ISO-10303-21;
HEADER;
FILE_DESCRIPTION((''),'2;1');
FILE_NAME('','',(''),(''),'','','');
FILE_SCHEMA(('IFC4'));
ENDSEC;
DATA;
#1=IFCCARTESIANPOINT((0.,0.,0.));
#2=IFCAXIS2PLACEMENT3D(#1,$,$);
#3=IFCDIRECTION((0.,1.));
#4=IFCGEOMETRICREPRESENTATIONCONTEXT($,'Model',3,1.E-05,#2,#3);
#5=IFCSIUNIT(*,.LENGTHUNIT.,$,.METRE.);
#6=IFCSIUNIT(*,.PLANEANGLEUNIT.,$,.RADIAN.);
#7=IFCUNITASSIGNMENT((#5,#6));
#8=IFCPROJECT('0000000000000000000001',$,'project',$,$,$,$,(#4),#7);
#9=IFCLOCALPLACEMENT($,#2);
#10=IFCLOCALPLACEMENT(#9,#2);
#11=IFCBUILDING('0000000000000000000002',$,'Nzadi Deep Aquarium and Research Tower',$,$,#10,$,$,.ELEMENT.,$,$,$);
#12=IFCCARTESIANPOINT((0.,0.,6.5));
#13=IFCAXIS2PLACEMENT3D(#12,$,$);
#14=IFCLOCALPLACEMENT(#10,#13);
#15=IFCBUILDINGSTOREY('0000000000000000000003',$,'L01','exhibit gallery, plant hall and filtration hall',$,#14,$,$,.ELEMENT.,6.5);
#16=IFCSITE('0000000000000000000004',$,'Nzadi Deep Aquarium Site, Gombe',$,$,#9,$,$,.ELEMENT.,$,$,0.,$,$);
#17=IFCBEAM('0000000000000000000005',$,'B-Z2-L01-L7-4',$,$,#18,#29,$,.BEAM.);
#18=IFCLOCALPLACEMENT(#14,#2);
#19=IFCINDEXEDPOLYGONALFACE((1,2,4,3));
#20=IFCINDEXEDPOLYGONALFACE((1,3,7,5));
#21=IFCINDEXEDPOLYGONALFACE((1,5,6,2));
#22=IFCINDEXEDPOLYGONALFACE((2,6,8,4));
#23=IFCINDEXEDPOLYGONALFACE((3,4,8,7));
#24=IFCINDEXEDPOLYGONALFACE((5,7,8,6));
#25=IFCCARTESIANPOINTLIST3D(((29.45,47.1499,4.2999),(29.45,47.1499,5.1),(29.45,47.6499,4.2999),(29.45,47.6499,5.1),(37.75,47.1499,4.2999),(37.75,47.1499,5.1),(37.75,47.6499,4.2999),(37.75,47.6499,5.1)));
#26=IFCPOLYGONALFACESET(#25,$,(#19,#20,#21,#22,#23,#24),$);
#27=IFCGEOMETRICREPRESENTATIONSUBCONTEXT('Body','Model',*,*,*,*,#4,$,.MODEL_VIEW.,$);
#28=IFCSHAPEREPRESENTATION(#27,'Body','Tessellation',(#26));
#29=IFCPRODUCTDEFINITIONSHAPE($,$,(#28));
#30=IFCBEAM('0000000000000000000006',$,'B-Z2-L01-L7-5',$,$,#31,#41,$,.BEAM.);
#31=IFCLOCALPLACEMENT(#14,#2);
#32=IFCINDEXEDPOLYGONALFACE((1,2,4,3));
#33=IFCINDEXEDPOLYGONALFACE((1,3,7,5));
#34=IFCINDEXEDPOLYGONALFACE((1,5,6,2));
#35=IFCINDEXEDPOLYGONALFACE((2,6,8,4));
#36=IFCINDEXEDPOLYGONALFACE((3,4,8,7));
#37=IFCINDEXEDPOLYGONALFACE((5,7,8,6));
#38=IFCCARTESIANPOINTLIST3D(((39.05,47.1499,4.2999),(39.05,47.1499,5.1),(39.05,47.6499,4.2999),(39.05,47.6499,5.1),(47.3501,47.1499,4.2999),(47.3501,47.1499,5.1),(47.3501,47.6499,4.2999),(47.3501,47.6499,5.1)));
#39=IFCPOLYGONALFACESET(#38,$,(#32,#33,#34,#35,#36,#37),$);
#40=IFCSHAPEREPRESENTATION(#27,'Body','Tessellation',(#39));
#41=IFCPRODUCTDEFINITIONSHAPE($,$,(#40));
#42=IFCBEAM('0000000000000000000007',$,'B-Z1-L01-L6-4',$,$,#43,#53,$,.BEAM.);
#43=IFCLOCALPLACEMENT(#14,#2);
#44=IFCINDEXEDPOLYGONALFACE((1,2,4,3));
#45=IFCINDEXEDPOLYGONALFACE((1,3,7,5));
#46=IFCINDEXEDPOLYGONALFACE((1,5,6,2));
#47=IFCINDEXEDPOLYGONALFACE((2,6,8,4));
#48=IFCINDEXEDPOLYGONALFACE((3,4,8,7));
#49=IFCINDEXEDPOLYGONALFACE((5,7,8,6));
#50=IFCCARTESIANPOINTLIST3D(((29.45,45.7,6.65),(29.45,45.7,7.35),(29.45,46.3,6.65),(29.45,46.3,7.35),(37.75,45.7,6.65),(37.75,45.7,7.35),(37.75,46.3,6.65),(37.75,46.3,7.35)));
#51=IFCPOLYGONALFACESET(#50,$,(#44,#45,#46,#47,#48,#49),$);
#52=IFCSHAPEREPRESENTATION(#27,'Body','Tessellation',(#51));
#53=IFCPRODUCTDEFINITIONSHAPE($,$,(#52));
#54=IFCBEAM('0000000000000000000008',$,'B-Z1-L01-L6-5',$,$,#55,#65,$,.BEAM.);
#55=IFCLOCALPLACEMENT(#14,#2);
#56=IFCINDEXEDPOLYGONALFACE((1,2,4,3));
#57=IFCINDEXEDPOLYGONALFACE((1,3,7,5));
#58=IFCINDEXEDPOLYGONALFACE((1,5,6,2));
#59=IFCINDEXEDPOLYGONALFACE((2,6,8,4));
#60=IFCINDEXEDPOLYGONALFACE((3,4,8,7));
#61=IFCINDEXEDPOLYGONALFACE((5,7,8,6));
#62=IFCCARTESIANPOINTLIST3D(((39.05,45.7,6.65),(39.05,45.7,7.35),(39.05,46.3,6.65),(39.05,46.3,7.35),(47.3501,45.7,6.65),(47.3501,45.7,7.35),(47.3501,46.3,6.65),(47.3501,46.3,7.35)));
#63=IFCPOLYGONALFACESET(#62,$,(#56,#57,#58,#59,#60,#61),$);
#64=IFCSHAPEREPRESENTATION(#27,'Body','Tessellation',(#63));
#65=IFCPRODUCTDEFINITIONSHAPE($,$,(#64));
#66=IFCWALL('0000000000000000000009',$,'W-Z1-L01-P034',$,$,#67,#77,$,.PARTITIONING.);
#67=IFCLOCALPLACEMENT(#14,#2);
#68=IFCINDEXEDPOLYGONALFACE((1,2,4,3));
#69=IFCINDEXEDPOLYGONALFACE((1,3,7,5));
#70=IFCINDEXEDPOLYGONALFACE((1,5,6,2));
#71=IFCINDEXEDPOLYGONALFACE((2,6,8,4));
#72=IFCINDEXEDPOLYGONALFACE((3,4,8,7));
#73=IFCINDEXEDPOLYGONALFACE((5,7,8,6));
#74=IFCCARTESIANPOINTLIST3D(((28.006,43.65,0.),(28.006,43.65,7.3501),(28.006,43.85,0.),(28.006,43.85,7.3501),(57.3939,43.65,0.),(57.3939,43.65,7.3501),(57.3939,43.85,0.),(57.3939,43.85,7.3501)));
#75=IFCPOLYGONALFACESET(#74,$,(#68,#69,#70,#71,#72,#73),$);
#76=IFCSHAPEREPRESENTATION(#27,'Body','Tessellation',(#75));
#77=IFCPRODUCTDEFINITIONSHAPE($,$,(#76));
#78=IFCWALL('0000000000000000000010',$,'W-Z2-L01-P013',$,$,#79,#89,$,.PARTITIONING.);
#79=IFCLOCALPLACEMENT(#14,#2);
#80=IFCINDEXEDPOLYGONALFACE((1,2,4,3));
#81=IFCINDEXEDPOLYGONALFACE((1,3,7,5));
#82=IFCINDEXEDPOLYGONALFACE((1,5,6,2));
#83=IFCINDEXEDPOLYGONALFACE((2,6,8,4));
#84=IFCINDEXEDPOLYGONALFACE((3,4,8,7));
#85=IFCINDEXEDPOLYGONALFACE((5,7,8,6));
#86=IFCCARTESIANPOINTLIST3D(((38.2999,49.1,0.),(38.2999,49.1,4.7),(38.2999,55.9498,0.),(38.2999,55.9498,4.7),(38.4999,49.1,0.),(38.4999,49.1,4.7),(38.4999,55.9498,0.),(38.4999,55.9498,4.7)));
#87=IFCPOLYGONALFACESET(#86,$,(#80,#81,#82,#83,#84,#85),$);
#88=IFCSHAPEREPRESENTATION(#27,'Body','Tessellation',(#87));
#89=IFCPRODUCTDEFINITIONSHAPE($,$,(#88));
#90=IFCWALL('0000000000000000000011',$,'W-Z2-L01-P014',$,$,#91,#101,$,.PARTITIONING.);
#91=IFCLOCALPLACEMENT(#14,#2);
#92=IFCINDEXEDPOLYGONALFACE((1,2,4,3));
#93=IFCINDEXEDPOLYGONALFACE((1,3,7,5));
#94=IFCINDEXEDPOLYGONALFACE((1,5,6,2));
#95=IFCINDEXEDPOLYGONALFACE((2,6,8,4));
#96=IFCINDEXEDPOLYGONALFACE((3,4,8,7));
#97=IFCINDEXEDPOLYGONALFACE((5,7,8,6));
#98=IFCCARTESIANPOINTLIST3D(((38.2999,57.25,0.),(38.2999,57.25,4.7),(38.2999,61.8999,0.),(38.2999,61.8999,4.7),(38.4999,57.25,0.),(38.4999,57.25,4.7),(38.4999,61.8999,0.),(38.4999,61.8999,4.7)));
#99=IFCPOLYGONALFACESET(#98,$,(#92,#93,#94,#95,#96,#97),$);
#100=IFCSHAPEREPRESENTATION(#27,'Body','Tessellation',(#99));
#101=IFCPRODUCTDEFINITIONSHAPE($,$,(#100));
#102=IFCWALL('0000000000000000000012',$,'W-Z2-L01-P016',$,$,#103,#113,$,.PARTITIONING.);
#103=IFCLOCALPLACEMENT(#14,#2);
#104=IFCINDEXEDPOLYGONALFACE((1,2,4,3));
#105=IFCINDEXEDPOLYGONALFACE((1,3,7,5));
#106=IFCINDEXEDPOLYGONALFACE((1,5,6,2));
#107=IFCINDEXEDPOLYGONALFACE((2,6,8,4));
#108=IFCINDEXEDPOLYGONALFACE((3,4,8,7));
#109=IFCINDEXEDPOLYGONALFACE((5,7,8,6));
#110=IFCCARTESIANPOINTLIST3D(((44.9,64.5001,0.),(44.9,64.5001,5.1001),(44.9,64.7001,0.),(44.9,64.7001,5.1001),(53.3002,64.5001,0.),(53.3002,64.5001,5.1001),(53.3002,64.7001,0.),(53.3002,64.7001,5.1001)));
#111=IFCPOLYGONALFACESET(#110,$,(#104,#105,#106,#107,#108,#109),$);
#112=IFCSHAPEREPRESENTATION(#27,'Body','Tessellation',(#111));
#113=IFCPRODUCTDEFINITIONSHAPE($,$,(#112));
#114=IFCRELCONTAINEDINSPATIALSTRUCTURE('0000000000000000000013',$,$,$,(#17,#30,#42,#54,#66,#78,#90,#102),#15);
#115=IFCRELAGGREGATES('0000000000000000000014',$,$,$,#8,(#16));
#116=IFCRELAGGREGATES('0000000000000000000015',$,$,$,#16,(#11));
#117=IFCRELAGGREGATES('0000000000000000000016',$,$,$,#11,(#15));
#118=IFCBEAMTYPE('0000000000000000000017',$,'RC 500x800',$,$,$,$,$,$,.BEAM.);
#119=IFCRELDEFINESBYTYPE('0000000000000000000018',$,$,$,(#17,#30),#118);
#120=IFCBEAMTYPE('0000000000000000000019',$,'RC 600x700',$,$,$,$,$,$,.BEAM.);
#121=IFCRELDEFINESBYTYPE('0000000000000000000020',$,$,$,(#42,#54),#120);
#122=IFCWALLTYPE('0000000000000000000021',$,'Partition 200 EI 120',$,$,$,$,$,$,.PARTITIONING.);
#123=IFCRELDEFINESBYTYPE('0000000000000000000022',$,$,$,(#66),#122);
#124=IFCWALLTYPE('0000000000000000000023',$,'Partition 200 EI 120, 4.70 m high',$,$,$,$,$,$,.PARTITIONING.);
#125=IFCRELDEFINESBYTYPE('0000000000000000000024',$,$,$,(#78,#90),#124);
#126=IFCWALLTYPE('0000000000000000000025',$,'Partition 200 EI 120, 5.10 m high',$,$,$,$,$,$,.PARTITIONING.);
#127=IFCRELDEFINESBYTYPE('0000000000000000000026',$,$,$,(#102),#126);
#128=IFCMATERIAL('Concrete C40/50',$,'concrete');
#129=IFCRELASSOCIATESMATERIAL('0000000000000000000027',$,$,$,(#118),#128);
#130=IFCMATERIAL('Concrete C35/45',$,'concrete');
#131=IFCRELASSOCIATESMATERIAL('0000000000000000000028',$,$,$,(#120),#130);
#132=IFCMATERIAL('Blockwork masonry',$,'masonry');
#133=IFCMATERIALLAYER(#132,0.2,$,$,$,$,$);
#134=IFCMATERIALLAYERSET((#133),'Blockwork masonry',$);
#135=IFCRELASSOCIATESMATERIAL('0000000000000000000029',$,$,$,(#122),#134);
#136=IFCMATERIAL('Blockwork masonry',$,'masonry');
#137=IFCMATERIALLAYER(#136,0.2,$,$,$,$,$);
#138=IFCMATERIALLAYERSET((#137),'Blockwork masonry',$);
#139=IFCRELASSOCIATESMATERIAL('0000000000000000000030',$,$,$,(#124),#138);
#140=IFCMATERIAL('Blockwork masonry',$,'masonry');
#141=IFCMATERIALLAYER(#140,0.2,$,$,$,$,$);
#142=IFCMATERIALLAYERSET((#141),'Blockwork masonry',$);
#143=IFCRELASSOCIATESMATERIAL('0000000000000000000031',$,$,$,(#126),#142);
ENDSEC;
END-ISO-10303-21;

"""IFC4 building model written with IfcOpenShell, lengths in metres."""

from ifc_helpers import new_model, si_unit, direction, frame, frame_2d, origin, origin_2d, place, context, subcontext, project, spatial, rectangle, extrude, material, layer, layer_set, material_profile, profile_set, type_object, element, save


model = new_model("IFC4")

# Units and contexts
model_context = context("Model", 3, precision=1e-05, world=origin(), true_north=direction((0.0, 1.0)))
body_context = subcontext(model_context, "Body", "Model", "MODEL_VIEW")
ifc_project = project(units=[si_unit("LENGTHUNIT", "METRE"), si_unit("PLANEANGLEUNIT", "RADIAN")], contexts=[model_context])

# Site, building, storey
site_placement = place(None, origin())
site = spatial("IfcSite", under=ifc_project, at=site_placement, Name="Nzadi Deep Aquarium Site, Gombe", CompositionType="ELEMENT", RefElevation=0.0)
building_placement = place(site_placement, origin())
building = spatial("IfcBuilding", under=site, at=building_placement, Name="Nzadi Deep Aquarium and Research Tower", CompositionType="ELEMENT")
storey_placement = place(building_placement, frame((0.0, 0.0, 6.5)))
storey = spatial("IfcBuildingStorey", under=building, at=storey_placement, Name="L01", Description="exhibit gallery, plant hall and filtration hall", CompositionType="ELEMENT", Elevation=6.5)

# Beams
ifc_material_1 = material(Name="Concrete C40/50", Category="concrete")
ifc_material_profile_1 = material_profile(ifc_material_1, rectangle(XDim=0.5, YDim=0.8, at=origin_2d()))
ifc_profile_set_1 = profile_set([ifc_material_profile_1], Name="Concrete C40/50")
beam_type_1 = type_object("IfcBeamType", Name="RC 500x800", PredefinedType="BEAM", material=ifc_profile_set_1)
for number, where, z_axis, x_axis, name in (
    (1, (29.45, 47.3999, 4.7), (1.0, 0.0, 0.0), (0.0, 1.0, 0.0), "B-Z2-L01-L7-4"),
    (2, (39.05, 47.3999, 4.7), (1.0, 0.0, 0.0), (0.0, 1.0, 0.0), "B-Z2-L01-L7-5"),
):
    element("IfcBeam", number, at=place(storey_placement, frame(where, z_axis=z_axis, x_axis=x_axis)), inside=storey, type_object=beam_type_1, Name=name, PredefinedType="BEAM", context=body_context, shape_type="SweptSolid", body=[
        extrude(rectangle(XDim=0.5, YDim=0.8, at=origin_2d()), origin(), (0.0, 0.0, 1.0), 8.3),
    ])
ifc_material_2 = material(Name="Concrete C35/45", Category="concrete")
ifc_material_profile_2 = material_profile(ifc_material_2, rectangle(XDim=0.6001, YDim=0.7, at=origin_2d()))
ifc_profile_set_2 = profile_set([ifc_material_profile_2], Name="Concrete C35/45")
beam_type_2 = type_object("IfcBeamType", Name="RC 600x700", PredefinedType="BEAM", material=ifc_profile_set_2)
for number, where, z_axis, x_axis, name in (
    (3, (29.45, 46.0, 7.0), (1.0, 0.0, 0.0), (0.0, 1.0, 0.0), "B-Z1-L01-L6-4"),
    (4, (39.05, 46.0, 7.0), (1.0, 0.0, 0.0), (0.0, 1.0, 0.0), "B-Z1-L01-L6-5"),
):
    element("IfcBeam", number, at=place(storey_placement, frame(where, z_axis=z_axis, x_axis=x_axis)), inside=storey, type_object=beam_type_2, Name=name, PredefinedType="BEAM", context=body_context, shape_type="SweptSolid", body=[
        extrude(rectangle(XDim=0.6001, YDim=0.7, at=origin_2d()), origin(), (0.0, 0.0, 1.0), 8.3),
    ])

# Walls
ifc_material_3 = material(Name="Blockwork masonry", Category="masonry")
ifc_layer_1 = layer(ifc_material_3, 0.2)
ifc_layer_set_1 = layer_set([ifc_layer_1], Name="Blockwork masonry")
wall_type_1 = type_object("IfcWallType", Name="Partition 200 EI 120", PredefinedType="PARTITIONING", material=ifc_layer_set_1)
wall_1_placement = place(storey_placement, frame((28.0061, 43.75, 0.0), z_axis=(0.0, 0.0, 1.0), x_axis=(1.0, 0.0, 0.0)))
element("IfcWall", 5, at=wall_1_placement, inside=storey, type_object=wall_type_1, Name="W-Z1-L01-P034", PredefinedType="PARTITIONING", context=body_context, shape_type="SweptSolid", body=[
    extrude(rectangle(XDim=29.3879, YDim=0.2, at=frame_2d((14.6938, 0.0))), origin(), (0.0, 0.0, 1.0), 7.3501),
])
ifc_material_4 = material(Name="Blockwork masonry", Category="masonry")
ifc_layer_2 = layer(ifc_material_4, 0.2)
ifc_layer_set_2 = layer_set([ifc_layer_2], Name="Blockwork masonry")
wall_type_2 = type_object("IfcWallType", Name="Partition 200 EI 120, 4.70 m high", PredefinedType="PARTITIONING", material=ifc_layer_set_2)
wall_2_placement = place(storey_placement, frame((38.3999, 49.1001, 0.0), z_axis=(0.0, 0.0, 1.0), x_axis=(0.0, 1.0, 0.0)))
element("IfcWall", 6, at=wall_2_placement, inside=storey, type_object=wall_type_2, Name="W-Z2-L01-P013", PredefinedType="PARTITIONING", context=body_context, shape_type="SweptSolid", body=[
    extrude(rectangle(XDim=6.8499, YDim=0.2, at=frame_2d((3.4248, 0.0))), origin(), (0.0, 0.0, 1.0), 4.7),
])
wall_3_placement = place(storey_placement, frame((38.3999, 57.25, 0.0), z_axis=(0.0, 0.0, 1.0), x_axis=(0.0, 1.0, 0.0)))
element("IfcWall", 7, at=wall_3_placement, inside=storey, type_object=wall_type_2, Name="W-Z2-L01-P014", PredefinedType="PARTITIONING", context=body_context, shape_type="SweptSolid", body=[
    extrude(rectangle(XDim=4.6499, YDim=0.2, at=frame_2d((2.325, 0.0))), origin(), (0.0, 0.0, 1.0), 4.7),
])
ifc_material_5 = material(Name="Blockwork masonry", Category="masonry")
ifc_layer_3 = layer(ifc_material_5, 0.2)
ifc_layer_set_3 = layer_set([ifc_layer_3], Name="Blockwork masonry")
wall_type_3 = type_object("IfcWallType", Name="Partition 200 EI 120, 5.10 m high", PredefinedType="PARTITIONING", material=ifc_layer_set_3)
wall_4_placement = place(storey_placement, frame((44.8999, 64.6001, 0.0), z_axis=(0.0, 0.0, 1.0), x_axis=(1.0, 0.0, 0.0)))
element("IfcWall", 8, at=wall_4_placement, inside=storey, type_object=wall_type_3, Name="W-Z2-L01-P016", PredefinedType="PARTITIONING", context=body_context, shape_type="SweptSolid", body=[
    extrude(rectangle(XDim=8.4001, YDim=0.2, at=frame_2d((4.2002, 0.0))), origin(), (0.0, 0.0, 1.0), 5.1001),
])

save(model, "model.ifc")
